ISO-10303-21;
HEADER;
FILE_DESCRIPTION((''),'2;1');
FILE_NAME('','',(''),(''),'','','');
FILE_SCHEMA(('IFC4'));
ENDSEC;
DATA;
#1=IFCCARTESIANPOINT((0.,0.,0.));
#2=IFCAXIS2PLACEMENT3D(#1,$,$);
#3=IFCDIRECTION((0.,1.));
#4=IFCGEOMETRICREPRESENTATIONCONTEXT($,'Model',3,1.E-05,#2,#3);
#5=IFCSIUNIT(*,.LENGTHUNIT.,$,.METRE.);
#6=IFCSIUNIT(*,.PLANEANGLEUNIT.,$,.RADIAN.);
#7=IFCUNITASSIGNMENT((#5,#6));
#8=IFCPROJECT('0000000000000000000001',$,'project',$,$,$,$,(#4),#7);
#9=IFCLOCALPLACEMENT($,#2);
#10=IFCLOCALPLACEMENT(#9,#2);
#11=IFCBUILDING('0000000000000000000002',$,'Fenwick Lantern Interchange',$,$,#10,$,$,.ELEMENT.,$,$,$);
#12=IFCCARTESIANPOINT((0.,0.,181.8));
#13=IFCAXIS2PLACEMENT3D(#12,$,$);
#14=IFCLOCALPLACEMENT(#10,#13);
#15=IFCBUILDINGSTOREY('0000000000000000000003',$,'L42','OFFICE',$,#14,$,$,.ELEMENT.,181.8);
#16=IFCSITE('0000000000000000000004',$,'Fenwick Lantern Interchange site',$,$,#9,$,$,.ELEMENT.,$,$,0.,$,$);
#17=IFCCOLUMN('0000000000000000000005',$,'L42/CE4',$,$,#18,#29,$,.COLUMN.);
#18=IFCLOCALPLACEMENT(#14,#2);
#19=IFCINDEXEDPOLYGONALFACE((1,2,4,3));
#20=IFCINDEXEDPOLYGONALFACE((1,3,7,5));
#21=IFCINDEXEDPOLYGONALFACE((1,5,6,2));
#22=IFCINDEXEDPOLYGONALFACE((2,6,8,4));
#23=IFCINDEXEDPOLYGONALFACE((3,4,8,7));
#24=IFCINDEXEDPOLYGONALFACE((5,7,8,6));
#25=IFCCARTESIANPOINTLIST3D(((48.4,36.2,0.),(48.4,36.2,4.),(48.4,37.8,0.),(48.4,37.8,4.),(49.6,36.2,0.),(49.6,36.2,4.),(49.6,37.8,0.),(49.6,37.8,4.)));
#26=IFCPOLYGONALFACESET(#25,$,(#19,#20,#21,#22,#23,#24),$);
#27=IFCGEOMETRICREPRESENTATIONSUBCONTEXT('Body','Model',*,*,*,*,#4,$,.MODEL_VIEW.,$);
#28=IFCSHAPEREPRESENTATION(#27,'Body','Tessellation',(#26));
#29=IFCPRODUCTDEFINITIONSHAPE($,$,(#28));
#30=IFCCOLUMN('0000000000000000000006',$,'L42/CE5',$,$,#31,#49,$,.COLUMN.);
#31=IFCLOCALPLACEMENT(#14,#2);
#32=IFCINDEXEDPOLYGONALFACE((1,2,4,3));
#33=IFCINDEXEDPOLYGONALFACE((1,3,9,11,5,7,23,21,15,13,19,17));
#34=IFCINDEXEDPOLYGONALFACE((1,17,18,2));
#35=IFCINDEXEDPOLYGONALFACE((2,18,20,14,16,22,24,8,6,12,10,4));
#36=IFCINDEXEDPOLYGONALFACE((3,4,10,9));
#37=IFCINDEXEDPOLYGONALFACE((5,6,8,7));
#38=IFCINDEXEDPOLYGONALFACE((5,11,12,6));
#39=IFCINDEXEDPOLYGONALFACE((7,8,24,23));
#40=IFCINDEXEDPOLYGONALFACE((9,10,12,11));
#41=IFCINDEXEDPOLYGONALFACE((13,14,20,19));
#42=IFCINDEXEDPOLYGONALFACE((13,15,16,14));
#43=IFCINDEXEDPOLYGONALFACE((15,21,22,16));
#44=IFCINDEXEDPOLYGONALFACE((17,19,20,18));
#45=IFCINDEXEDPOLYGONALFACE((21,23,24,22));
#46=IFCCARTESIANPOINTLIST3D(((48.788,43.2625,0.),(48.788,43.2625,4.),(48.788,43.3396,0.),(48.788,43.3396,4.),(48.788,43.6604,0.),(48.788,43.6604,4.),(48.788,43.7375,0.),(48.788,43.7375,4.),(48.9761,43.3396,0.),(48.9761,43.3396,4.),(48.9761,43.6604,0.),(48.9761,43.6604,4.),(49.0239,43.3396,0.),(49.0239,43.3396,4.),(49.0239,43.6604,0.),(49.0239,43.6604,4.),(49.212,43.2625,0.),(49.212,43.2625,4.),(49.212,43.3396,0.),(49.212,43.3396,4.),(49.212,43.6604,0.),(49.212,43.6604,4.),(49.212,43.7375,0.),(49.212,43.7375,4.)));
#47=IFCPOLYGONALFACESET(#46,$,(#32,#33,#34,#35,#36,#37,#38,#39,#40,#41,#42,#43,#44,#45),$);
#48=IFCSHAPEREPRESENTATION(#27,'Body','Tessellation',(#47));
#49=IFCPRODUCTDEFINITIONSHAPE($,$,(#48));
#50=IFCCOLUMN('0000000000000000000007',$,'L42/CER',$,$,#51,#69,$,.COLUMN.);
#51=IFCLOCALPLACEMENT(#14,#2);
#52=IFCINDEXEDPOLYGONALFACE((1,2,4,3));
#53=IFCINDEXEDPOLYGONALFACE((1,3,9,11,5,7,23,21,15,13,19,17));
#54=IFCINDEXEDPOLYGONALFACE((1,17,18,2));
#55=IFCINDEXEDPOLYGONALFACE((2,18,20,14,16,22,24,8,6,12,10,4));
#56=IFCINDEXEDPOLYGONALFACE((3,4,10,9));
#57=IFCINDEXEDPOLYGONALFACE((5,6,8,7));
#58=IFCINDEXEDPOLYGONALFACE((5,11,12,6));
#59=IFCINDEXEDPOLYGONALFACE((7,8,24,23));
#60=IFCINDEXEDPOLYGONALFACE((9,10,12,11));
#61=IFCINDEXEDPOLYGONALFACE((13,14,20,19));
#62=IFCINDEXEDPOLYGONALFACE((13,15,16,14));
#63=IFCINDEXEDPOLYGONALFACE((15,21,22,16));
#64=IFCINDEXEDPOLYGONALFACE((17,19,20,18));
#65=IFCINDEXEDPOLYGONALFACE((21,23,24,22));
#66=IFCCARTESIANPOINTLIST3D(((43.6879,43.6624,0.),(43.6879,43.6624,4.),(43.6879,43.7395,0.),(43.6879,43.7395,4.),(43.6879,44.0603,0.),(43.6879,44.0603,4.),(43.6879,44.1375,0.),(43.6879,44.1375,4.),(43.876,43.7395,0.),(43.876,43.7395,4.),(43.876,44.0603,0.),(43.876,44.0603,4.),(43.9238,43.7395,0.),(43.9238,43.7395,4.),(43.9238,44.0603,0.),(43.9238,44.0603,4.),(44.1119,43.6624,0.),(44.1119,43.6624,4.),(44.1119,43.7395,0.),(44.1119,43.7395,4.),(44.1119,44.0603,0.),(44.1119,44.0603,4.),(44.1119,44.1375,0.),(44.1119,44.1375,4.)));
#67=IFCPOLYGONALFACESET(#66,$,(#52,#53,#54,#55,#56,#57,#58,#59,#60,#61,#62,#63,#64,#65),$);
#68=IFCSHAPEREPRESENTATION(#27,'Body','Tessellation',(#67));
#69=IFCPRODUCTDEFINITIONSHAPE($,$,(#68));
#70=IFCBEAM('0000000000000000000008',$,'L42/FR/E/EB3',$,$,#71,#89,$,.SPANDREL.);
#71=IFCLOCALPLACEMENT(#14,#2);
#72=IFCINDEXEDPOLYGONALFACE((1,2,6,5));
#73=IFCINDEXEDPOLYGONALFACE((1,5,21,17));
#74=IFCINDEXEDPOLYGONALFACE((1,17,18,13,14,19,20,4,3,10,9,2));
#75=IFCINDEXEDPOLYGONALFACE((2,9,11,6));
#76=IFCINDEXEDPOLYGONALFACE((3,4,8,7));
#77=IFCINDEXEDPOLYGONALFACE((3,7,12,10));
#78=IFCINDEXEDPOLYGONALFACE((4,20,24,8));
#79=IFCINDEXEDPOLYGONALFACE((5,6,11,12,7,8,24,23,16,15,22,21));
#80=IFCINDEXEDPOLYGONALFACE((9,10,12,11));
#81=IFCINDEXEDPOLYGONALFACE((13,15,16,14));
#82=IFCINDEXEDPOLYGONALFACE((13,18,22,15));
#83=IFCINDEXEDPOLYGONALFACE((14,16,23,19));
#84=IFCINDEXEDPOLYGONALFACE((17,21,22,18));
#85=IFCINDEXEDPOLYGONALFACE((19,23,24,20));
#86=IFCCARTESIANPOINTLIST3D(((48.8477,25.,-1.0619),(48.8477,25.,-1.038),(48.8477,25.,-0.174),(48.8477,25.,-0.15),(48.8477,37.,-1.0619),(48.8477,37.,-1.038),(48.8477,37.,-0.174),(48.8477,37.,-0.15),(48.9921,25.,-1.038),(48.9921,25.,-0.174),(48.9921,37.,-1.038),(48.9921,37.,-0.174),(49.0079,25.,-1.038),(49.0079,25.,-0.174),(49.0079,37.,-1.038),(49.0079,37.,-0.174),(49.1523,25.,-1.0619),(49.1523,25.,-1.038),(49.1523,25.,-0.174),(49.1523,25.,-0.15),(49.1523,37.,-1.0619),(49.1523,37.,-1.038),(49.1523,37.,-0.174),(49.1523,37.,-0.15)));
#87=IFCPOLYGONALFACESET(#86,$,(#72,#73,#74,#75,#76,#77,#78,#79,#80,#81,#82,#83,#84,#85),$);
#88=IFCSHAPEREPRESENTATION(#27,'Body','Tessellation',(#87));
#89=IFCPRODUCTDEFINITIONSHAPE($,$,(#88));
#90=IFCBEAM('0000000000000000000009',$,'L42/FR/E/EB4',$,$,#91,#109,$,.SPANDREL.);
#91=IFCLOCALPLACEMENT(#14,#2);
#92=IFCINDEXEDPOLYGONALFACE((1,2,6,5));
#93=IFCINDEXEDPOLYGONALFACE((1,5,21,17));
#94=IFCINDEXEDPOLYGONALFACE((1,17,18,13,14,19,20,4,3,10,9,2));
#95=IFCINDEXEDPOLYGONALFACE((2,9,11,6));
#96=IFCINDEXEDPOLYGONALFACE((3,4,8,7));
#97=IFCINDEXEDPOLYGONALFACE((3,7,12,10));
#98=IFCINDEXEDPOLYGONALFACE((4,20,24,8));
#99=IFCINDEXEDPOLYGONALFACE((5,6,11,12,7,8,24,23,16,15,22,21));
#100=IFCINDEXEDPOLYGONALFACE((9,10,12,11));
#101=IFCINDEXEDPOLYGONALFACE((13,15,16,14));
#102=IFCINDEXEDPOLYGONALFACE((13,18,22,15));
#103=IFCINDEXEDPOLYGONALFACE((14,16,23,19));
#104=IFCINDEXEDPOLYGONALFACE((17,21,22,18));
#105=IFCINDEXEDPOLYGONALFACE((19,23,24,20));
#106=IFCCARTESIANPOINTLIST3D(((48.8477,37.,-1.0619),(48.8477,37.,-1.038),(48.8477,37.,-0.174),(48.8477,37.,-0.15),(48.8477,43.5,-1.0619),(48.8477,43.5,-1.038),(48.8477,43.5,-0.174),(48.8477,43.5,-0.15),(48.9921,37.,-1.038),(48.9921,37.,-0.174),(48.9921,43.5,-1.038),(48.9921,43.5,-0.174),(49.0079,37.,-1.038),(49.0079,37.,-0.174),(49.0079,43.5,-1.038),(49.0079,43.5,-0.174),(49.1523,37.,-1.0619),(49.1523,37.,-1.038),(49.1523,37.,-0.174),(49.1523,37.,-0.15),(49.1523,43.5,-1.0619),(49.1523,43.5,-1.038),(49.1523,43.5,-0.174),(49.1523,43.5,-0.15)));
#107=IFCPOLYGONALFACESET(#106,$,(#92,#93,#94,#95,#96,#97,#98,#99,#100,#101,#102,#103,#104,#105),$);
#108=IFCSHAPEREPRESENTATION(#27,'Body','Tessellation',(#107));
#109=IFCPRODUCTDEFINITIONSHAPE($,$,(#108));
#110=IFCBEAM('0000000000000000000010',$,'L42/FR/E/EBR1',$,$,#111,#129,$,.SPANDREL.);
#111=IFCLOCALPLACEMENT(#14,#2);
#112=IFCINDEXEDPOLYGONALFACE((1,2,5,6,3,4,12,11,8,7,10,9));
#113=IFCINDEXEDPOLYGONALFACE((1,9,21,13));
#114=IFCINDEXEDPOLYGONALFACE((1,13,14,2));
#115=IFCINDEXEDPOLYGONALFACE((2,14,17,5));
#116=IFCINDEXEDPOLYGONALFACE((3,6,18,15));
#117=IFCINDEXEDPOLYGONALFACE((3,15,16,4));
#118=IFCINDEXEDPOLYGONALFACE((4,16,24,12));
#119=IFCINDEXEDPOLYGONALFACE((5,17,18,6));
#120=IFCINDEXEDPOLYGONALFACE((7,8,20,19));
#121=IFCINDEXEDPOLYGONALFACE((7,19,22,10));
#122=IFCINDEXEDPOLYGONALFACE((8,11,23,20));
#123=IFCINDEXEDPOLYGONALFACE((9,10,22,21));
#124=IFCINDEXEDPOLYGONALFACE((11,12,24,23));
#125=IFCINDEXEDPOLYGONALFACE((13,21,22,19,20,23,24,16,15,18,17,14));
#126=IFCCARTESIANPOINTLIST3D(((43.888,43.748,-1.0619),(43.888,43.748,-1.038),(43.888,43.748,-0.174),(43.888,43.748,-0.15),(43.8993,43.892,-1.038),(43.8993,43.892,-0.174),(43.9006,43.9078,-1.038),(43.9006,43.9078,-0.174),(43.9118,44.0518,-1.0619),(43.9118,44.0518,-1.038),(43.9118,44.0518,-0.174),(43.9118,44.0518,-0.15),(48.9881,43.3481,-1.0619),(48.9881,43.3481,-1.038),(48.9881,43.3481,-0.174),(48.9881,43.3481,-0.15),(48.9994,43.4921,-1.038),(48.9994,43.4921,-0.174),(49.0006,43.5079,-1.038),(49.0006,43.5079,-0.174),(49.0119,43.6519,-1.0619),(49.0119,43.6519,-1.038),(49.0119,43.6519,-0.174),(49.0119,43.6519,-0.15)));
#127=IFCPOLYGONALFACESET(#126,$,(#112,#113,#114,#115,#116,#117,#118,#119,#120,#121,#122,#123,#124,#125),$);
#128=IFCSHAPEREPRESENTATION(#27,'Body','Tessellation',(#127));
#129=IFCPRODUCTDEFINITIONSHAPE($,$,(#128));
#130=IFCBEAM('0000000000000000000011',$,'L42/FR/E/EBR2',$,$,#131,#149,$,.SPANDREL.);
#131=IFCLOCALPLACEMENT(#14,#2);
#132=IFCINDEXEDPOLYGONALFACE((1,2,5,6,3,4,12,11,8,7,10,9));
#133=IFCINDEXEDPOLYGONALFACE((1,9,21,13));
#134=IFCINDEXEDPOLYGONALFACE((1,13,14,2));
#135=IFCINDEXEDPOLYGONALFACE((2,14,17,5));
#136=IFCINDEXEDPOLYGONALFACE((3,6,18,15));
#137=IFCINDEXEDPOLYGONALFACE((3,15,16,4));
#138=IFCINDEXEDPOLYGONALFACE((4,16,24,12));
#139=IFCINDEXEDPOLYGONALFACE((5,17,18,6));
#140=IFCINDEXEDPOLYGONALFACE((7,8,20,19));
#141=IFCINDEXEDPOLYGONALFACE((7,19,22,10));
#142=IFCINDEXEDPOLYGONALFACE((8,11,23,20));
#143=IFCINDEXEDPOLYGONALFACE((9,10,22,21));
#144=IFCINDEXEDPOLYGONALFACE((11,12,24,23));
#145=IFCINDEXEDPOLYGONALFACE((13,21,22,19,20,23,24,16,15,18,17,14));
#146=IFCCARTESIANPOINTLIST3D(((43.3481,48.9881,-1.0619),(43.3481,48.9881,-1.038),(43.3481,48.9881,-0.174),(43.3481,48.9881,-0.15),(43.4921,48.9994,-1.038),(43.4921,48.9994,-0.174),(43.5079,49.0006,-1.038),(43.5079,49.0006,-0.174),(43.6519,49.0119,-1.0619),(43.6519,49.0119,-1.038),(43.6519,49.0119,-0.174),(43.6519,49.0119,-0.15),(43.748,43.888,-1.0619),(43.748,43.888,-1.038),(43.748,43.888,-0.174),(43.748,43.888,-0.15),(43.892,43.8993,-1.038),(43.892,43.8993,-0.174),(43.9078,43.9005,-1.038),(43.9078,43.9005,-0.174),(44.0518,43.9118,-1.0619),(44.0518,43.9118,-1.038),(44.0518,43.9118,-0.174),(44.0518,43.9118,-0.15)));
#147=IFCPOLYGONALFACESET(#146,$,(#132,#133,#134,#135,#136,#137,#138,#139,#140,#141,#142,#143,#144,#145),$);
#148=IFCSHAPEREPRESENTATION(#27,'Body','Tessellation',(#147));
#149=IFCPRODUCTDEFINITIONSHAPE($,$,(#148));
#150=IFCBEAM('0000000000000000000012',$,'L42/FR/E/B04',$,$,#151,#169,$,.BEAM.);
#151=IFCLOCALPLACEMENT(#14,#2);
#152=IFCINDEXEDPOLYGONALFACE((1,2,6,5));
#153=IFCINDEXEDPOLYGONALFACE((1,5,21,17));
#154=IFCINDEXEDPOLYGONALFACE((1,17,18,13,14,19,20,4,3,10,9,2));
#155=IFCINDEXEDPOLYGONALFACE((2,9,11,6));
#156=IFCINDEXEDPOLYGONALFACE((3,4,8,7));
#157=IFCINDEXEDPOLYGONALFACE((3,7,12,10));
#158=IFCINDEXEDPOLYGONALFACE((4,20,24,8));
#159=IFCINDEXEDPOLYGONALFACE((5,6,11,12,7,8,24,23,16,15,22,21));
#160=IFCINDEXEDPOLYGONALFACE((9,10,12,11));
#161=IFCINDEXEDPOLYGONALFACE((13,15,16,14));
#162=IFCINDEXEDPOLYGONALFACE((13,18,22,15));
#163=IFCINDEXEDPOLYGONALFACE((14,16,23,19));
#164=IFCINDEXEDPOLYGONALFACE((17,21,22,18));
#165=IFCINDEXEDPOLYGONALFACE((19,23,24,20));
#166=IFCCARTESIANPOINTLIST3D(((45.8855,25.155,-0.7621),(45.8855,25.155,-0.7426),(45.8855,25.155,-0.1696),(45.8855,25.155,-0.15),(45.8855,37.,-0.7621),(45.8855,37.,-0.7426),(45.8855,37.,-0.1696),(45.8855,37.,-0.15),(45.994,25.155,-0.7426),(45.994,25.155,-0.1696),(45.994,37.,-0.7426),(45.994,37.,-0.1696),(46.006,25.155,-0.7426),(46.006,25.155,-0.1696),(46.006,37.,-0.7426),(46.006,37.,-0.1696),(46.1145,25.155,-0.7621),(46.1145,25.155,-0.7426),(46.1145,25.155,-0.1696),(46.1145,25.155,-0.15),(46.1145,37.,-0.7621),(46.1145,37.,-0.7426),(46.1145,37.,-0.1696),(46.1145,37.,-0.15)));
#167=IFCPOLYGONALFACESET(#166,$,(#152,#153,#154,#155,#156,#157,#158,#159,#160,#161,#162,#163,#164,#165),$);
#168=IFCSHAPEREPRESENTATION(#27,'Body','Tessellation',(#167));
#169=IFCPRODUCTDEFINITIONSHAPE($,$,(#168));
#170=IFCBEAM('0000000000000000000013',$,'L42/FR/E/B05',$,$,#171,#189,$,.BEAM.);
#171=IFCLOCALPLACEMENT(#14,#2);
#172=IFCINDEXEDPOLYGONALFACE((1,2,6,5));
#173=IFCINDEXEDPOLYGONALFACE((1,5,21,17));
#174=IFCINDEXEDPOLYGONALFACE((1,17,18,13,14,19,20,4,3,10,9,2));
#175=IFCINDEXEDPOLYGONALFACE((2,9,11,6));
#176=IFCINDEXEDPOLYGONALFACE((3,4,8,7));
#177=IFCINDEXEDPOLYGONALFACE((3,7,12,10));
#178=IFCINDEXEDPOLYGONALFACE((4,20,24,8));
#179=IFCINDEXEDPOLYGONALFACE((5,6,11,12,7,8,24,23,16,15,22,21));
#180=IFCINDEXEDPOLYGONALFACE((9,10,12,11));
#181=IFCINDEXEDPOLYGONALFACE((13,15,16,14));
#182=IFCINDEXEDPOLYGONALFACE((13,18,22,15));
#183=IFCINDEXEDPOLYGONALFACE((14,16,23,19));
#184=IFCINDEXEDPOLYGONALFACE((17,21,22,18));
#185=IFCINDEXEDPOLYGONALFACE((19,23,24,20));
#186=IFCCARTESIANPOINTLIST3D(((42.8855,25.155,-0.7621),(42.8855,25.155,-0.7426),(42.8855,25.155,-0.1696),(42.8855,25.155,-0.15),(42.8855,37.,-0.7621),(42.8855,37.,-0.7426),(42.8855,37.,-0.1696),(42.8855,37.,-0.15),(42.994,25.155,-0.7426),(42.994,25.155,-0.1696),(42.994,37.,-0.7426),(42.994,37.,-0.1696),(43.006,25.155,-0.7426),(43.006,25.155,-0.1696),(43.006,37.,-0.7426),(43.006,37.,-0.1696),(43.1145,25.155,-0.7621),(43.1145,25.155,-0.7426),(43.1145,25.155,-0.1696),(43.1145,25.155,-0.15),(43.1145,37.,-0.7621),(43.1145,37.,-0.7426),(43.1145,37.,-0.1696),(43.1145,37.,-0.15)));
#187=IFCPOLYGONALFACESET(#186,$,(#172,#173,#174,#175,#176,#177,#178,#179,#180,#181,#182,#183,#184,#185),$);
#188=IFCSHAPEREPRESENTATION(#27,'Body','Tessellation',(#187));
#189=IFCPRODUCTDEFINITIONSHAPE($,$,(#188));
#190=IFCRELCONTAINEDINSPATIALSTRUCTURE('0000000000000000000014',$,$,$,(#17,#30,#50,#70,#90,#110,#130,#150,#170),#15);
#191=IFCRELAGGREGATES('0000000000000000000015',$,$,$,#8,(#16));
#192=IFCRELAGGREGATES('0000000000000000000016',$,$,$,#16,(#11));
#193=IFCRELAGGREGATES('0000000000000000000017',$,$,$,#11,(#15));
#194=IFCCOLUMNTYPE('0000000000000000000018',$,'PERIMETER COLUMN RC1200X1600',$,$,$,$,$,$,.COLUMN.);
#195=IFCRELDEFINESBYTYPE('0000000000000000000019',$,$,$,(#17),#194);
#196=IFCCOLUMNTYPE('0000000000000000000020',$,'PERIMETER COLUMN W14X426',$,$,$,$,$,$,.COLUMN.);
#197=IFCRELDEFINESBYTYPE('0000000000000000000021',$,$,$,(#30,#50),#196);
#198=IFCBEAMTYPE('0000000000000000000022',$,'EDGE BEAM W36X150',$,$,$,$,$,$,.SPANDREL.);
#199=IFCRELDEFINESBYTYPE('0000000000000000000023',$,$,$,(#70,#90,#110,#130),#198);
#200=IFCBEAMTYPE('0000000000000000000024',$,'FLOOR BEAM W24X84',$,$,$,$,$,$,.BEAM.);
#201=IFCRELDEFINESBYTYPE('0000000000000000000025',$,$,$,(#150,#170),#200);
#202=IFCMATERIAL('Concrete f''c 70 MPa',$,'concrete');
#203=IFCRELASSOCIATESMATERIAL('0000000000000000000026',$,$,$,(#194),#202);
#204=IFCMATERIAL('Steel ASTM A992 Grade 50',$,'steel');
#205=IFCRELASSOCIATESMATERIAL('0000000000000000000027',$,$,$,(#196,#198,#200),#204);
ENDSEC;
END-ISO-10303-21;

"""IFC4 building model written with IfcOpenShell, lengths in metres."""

from ifc_helpers import new_model, si_unit, direction, frame, origin, origin_2d, place, context, subcontext, project, spatial, rectangle, i_section, extrude, material, material_profile, profile_set, type_object, element, save


model = new_model("IFC4")

# Units and contexts
model_context = context("Model", 3, precision=1e-05, world=origin(), true_north=direction((0.0, 1.0)))
body_context = subcontext(model_context, "Body", "Model", "MODEL_VIEW")
ifc_project = project(units=[si_unit("LENGTHUNIT", "METRE"), si_unit("PLANEANGLEUNIT", "RADIAN")], contexts=[model_context])

# Site, building, storey
site_placement = place(None, origin())
site = spatial("IfcSite", under=ifc_project, at=site_placement, Name="Fenwick Lantern Interchange site", CompositionType="ELEMENT", RefElevation=0.0)
building_placement = place(site_placement, origin())
building = spatial("IfcBuilding", under=site, at=building_placement, Name="Fenwick Lantern Interchange", CompositionType="ELEMENT")
storey_placement = place(building_placement, frame((0.0, 0.0, 181.8)))
storey = spatial("IfcBuildingStorey", under=building, at=storey_placement, Name="L42", Description="OFFICE", CompositionType="ELEMENT", Elevation=181.8)

# Columns
ifc_material_1 = material(Name="Concrete f'c 70 MPa", Category="concrete")
ifc_material_profile_1 = material_profile(ifc_material_1, rectangle(XDim=1.2, YDim=1.6001, at=origin_2d()), Name="RC1200X1600")
ifc_profile_set_1 = profile_set([ifc_material_profile_1], Name="Concrete f'c 70 MPa")
column_type_1 = type_object("IfcColumnType", Name="PERIMETER COLUMN RC1200X1600", PredefinedType="COLUMN", material=ifc_profile_set_1)
column_placement = place(storey_placement, frame((49.0, 37.0, 0.0), z_axis=(0.0, 0.0, 1.0), x_axis=(1.0, 0.0, 0.0)))
element("IfcColumn", 1, at=column_placement, inside=storey, type_object=column_type_1, Name="L42/CE4", PredefinedType="COLUMN", context=body_context, shape_type="SweptSolid", body=[
    extrude(rectangle(XDim=1.2, YDim=1.6001, at=origin_2d()), origin(), (0.0, 0.0, 1.0), 4.0),
])
ifc_material_2 = material(Name="Steel ASTM A992 Grade 50", Category="steel")
ifc_material_profile_2 = material_profile(ifc_material_2, i_section(OverallWidth=0.4241, OverallDepth=0.4751, WebThickness=0.0479, FlangeThickness=0.0771, at=origin_2d()), Name="W14X426")
ifc_profile_set_2 = profile_set([ifc_material_profile_2], Name="Steel ASTM A992 Grade 50")
column_type_2 = type_object("IfcColumnType", Name="PERIMETER COLUMN W14X426", PredefinedType="COLUMN", material=ifc_profile_set_2)
for number, where, z_axis, x_axis, name in (
    (2, (49.0, 43.5, 0.0), (0.0, 0.0, 1.0), (1.0, 0.0, 0.0), "L42/CE5"),
    (3, (43.8999, 43.8999, 0.0), (0.0, 0.0, 1.0), (1.0, 0.0, 0.0), "L42/CER"),
):
    element("IfcColumn", number, at=place(storey_placement, frame(where, z_axis=z_axis, x_axis=x_axis)), inside=storey, type_object=column_type_2, Name=name, PredefinedType="COLUMN", context=body_context, shape_type="SweptSolid", body=[
        extrude(i_section(OverallWidth=0.4241, OverallDepth=0.4751, WebThickness=0.0479, FlangeThickness=0.0771, at=origin_2d()), origin(), (0.0, 0.0, 1.0), 4.0),
    ])

# Beams
ifc_material_profile_3 = material_profile(ifc_material_2, i_section(OverallWidth=0.3047, OverallDepth=0.9119, WebThickness=0.0159, FlangeThickness=0.0239, at=origin_2d()), Name="W36X150")
ifc_profile_set_3 = profile_set([ifc_material_profile_3], Name="Steel ASTM A992 Grade 50")
beam_type_1 = type_object("IfcBeamType", Name="EDGE BEAM W36X150", PredefinedType="SPANDREL", material=ifc_profile_set_3)
beam_1_placement = place(storey_placement, frame((49.0, 25.0, -0.606), z_axis=(0.0, 1.0, 0.0), x_axis=(-1.0, 0.0, 0.0)))
element("IfcBeam", 4, at=beam_1_placement, inside=storey, type_object=beam_type_1, Name="L42/FR/E/EB3", PredefinedType="SPANDREL", context=body_context, shape_type="SweptSolid", body=[
    extrude(i_section(OverallWidth=0.3047, OverallDepth=0.9119, WebThickness=0.0159, FlangeThickness=0.0239, at=origin_2d()), origin(), (0.0, 0.0, 1.0), 12.0),
])
beam_2_placement = place(storey_placement, frame((49.0, 37.0, -0.606), z_axis=(0.0, 1.0, 0.0), x_axis=(-1.0, 0.0, 0.0)))
element("IfcBeam", 5, at=beam_2_placement, inside=storey, type_object=beam_type_1, Name="L42/FR/E/EB4", PredefinedType="SPANDREL", context=body_context, shape_type="SweptSolid", body=[
    extrude(i_section(OverallWidth=0.3047, OverallDepth=0.9119, WebThickness=0.0159, FlangeThickness=0.0239, at=origin_2d()), origin(), (0.0, 0.0, 1.0), 6.5),
])
for number, where, z_axis, x_axis, name in (
    (6, (49.0, 43.5, -0.606), (-0.99694, 0.078171, 0.0), (-0.078171, -0.99694, 0.0), "L42/FR/E/EBR1"),
    (7, (43.8999, 43.8999, -0.606), (-0.078171, 0.99694, 0.0), (-0.99694, -0.078171, 0.0), "L42/FR/E/EBR2"),
):
    element("IfcBeam", number, at=place(storey_placement, frame(where, z_axis=z_axis, x_axis=x_axis)), inside=storey, type_object=beam_type_1, Name=name, PredefinedType="SPANDREL", context=body_context, shape_type="SweptSolid", body=[
        extrude(i_section(OverallWidth=0.3047, OverallDepth=0.9119, WebThickness=0.0159, FlangeThickness=0.0239, at=origin_2d()), origin(), (0.0, 0.0, 1.0), 5.1157),
    ])
ifc_material_profile_4 = material_profile(ifc_material_2, i_section(OverallWidth=0.229, OverallDepth=0.6121, WebThickness=0.012, FlangeThickness=0.0195, at=origin_2d()), Name="W24X84")
ifc_profile_set_4 = profile_set([ifc_material_profile_4], Name="Steel ASTM A992 Grade 50")
beam_type_2 = type_object("IfcBeamType", Name="FLOOR BEAM W24X84", PredefinedType="BEAM", material=ifc_profile_set_4)
for number, where, z_axis, x_axis, name in (
    (8, (46.0, 25.155, -0.4561), (0.0, 1.0, 0.0), (-1.0, 0.0, 0.0), "L42/FR/E/B04"),
    (9, (43.0, 25.155, -0.4561), (0.0, 1.0, 0.0), (-1.0, 0.0, 0.0), "L42/FR/E/B05"),
):
    element("IfcBeam", number, at=place(storey_placement, frame(where, z_axis=z_axis, x_axis=x_axis)), inside=storey, type_object=beam_type_2, Name=name, PredefinedType="BEAM", context=body_context, shape_type="SweptSolid", body=[
        extrude(i_section(OverallWidth=0.229, OverallDepth=0.6121, WebThickness=0.012, FlangeThickness=0.0195, at=origin_2d()), origin(), (0.0, 0.0, 1.0), 11.845),
    ])

save(model, "model.ifc")
